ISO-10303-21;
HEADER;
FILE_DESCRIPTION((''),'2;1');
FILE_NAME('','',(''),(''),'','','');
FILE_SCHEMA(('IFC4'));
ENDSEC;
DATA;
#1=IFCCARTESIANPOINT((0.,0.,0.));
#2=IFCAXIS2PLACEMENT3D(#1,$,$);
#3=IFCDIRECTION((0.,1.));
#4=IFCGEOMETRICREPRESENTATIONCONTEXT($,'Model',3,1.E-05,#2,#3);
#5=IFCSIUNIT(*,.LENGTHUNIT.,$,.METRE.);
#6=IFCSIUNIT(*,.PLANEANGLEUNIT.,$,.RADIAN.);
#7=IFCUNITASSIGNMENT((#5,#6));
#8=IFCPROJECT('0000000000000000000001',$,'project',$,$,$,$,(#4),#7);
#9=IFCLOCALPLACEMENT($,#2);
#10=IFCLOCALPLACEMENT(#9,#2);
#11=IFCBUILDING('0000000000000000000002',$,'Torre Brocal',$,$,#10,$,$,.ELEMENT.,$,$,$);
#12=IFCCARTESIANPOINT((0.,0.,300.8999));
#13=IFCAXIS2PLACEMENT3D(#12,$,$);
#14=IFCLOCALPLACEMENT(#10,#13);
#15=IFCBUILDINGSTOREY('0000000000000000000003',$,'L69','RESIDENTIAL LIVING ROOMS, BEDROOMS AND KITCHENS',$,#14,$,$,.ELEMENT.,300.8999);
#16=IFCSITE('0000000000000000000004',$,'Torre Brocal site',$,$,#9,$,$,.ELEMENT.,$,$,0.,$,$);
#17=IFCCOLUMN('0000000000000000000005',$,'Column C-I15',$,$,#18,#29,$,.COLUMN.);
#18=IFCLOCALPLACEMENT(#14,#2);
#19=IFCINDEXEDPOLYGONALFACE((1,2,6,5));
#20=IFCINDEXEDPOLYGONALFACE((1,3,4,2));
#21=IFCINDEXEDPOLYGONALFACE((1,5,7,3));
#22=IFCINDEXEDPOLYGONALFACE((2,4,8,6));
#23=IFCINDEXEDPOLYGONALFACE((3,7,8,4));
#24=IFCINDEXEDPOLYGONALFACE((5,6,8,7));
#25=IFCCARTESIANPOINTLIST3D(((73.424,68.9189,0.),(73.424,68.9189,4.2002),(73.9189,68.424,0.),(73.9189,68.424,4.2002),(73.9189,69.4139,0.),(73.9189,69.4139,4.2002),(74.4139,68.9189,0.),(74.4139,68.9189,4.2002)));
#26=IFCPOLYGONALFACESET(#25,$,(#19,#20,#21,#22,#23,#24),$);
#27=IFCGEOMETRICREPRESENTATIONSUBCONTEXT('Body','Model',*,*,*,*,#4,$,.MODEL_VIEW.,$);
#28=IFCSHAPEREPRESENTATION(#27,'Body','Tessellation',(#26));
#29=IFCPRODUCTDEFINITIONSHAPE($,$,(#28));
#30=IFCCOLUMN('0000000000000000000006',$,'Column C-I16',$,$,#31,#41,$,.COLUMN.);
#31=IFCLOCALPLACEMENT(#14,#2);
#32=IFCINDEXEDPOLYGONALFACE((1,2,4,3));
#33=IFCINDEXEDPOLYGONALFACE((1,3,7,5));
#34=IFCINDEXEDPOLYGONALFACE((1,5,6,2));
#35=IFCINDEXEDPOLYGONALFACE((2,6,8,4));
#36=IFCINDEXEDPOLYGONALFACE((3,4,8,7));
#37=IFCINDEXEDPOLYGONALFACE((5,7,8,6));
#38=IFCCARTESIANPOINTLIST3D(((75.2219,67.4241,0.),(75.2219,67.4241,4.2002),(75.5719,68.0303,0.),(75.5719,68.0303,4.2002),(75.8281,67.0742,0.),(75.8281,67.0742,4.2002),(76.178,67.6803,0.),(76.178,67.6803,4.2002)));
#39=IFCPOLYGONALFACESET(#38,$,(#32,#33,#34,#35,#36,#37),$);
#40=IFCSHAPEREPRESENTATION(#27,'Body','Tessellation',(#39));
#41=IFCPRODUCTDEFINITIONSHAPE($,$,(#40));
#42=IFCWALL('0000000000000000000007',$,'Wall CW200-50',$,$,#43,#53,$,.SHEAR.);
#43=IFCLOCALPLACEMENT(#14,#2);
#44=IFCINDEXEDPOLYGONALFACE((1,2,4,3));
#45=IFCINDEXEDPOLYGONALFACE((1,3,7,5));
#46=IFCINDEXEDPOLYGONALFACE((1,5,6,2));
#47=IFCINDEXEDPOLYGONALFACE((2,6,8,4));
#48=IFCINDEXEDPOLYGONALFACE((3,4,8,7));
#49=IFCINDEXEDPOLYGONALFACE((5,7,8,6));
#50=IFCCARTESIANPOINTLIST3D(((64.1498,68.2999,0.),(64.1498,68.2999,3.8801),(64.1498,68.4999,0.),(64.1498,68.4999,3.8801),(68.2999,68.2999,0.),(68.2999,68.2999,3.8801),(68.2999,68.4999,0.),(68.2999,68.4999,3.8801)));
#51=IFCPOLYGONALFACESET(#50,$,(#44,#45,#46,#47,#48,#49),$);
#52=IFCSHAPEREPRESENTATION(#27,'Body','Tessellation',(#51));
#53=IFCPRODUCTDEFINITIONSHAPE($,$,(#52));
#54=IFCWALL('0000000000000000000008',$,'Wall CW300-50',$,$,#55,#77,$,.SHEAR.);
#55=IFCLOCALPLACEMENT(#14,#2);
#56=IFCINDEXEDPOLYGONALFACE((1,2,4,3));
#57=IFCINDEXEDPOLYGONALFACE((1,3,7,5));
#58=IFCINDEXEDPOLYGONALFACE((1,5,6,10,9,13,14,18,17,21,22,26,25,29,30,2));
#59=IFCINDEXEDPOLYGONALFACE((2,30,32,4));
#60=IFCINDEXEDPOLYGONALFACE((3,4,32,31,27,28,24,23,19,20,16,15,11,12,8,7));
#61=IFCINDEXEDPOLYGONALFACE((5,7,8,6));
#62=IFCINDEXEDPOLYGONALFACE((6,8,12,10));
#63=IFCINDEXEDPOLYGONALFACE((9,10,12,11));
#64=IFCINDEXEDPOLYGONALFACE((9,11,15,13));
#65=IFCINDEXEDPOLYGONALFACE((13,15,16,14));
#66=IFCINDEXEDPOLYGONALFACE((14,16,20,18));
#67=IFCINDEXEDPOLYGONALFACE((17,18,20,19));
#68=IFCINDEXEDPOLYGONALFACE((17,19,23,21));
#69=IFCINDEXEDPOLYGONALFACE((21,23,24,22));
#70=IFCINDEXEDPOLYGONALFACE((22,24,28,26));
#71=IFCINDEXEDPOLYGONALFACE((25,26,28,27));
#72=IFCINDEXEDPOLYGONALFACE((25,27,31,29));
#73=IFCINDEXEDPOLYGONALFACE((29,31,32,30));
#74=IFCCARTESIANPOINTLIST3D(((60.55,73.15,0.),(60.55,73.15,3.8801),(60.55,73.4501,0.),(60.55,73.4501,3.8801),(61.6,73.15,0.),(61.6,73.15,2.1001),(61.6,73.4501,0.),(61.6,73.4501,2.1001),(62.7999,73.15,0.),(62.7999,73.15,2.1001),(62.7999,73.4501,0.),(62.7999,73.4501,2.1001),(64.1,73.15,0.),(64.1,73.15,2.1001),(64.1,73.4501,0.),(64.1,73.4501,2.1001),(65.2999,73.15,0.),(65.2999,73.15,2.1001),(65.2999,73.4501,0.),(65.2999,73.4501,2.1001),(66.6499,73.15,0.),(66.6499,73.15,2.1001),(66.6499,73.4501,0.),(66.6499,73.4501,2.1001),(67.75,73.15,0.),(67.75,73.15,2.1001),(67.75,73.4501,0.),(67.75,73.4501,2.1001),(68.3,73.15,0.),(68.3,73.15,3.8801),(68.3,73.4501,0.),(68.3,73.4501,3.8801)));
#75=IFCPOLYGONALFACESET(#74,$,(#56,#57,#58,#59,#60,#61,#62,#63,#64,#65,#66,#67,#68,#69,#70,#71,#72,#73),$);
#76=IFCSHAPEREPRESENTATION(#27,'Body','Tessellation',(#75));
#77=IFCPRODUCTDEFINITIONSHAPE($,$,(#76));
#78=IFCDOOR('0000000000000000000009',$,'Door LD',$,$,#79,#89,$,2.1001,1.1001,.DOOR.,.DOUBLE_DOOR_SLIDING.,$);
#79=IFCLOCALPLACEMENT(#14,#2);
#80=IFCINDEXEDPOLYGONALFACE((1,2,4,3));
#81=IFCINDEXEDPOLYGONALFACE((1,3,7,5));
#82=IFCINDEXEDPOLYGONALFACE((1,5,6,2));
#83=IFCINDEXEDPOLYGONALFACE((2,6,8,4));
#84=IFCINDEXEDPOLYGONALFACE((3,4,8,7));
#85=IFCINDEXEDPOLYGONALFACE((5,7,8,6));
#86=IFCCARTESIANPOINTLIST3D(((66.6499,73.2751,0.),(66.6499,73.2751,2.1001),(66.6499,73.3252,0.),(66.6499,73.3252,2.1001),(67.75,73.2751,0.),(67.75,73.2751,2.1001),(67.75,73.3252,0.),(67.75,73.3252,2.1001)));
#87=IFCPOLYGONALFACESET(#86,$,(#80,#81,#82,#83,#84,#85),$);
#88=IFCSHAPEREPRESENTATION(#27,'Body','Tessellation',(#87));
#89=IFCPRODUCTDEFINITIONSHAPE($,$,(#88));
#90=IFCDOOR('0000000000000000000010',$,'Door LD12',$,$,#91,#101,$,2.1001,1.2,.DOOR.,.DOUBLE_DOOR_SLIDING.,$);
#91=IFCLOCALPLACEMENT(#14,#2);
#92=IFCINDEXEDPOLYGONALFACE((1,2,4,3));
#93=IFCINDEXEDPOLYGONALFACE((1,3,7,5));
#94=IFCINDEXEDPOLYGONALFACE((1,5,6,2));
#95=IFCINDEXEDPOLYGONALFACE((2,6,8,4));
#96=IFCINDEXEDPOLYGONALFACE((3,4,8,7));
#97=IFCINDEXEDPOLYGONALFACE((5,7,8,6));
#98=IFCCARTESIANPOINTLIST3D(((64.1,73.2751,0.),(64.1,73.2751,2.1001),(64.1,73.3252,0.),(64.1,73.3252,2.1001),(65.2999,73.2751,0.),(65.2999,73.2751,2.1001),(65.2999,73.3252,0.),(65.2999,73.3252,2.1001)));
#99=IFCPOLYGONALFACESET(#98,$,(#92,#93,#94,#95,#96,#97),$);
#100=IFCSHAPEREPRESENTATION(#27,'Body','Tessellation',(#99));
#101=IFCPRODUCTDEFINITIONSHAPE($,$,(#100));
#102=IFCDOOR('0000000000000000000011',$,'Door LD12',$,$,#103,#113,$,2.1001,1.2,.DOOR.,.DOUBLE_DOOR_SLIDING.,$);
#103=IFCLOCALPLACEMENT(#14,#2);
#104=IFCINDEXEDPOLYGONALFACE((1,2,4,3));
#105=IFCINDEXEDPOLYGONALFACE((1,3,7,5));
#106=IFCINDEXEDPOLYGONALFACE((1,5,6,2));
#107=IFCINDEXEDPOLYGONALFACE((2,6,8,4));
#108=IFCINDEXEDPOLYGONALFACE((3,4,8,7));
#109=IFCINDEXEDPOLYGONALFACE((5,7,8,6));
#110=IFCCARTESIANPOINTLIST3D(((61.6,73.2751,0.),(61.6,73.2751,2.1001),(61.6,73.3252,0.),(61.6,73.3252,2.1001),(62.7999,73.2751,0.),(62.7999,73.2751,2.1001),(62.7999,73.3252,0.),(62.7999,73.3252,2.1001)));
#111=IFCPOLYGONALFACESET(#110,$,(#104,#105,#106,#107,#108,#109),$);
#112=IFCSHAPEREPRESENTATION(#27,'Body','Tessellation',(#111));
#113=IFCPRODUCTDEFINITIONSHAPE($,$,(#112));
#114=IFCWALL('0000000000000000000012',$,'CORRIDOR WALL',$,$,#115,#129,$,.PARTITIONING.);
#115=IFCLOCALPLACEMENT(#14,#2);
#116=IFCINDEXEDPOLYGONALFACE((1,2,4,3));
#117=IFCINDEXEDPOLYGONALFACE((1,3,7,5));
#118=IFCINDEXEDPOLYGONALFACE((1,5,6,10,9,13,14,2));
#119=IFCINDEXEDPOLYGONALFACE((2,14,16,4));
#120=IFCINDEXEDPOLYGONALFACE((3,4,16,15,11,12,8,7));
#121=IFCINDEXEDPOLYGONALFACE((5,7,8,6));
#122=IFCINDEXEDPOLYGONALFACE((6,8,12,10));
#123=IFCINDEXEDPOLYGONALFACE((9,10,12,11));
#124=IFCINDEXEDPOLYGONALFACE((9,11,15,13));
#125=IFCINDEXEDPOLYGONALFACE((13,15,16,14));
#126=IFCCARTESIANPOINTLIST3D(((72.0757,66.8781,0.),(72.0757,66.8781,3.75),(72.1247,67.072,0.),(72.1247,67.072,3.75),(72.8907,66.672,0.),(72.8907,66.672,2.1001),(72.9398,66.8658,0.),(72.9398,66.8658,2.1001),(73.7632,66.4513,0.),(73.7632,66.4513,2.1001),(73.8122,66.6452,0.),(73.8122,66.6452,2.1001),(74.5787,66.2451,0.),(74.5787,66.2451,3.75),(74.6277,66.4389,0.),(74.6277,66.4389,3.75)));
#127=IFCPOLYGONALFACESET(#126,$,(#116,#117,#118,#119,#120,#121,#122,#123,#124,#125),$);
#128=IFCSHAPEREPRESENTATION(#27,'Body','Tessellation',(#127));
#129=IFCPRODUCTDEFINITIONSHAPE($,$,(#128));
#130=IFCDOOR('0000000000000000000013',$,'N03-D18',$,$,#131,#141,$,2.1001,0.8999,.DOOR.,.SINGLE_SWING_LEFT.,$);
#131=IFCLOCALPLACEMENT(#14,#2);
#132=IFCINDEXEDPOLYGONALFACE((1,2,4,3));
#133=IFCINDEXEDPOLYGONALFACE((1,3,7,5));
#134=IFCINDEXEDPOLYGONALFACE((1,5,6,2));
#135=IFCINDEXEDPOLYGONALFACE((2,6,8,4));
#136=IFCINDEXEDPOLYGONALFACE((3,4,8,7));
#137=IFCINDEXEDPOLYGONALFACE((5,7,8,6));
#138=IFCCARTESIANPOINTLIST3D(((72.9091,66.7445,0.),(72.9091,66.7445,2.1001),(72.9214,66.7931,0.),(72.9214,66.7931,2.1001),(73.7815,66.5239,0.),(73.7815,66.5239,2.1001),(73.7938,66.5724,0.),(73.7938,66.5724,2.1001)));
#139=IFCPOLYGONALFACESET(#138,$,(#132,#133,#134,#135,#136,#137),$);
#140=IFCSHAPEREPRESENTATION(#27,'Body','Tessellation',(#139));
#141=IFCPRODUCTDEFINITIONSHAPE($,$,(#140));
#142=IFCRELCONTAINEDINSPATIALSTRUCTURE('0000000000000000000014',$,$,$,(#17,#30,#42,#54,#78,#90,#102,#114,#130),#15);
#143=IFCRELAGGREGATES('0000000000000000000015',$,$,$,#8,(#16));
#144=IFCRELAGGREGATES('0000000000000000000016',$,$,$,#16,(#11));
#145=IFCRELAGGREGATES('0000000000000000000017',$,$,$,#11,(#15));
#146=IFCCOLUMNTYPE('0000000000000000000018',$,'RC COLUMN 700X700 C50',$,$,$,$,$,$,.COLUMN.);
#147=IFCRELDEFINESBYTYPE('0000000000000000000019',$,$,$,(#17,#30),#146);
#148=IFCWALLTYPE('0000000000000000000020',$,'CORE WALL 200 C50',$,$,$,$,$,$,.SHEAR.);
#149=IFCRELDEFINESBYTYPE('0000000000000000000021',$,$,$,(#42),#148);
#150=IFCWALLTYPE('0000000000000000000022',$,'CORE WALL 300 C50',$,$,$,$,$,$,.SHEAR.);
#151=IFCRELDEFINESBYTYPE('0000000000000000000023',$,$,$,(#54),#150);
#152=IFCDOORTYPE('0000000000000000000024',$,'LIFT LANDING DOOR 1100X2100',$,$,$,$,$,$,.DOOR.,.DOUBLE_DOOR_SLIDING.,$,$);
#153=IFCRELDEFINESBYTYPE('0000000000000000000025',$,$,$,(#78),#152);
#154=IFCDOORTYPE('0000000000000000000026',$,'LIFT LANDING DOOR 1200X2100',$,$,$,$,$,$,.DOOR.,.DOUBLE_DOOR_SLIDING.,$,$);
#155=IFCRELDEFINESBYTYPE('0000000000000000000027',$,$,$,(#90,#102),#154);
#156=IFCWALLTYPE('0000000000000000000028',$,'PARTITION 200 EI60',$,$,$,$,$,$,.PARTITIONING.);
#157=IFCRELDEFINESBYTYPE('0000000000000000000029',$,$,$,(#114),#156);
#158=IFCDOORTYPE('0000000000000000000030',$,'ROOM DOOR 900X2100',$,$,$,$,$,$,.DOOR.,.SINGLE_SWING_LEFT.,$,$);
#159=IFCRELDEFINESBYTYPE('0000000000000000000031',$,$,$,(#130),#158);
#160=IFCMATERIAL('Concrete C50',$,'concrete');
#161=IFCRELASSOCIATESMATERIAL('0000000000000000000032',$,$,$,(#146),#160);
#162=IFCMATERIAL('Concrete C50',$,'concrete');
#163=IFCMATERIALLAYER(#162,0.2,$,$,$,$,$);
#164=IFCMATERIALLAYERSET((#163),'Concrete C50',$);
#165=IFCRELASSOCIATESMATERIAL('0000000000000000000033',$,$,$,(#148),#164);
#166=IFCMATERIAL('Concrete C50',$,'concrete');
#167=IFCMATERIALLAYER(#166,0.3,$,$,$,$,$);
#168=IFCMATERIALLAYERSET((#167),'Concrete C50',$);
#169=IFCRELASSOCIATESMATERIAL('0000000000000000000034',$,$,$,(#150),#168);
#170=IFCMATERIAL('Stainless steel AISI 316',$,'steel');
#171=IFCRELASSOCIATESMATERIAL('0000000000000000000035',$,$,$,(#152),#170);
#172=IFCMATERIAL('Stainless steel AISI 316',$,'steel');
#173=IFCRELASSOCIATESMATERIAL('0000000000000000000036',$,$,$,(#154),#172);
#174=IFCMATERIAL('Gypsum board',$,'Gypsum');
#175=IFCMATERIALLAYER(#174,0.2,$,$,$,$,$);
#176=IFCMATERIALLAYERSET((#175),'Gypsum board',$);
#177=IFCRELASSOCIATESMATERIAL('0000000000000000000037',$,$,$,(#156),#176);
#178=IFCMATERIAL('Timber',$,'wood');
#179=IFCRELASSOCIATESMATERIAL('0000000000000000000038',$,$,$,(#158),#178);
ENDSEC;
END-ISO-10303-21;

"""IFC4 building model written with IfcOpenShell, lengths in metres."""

from ifc_helpers import new_model, si_unit, direction, frame, frame_2d, origin, origin_2d, place, context, subcontext, project, spatial, rectangle, extrude, material, layer, layer_set, material_profile, profile_set, type_object, element, fill, save


model = new_model("IFC4")

# Units and contexts
model_context = context("Model", 3, precision=1e-05, world=origin(), true_north=direction((0.0, 1.0)))
body_context = subcontext(model_context, "Body", "Model", "MODEL_VIEW")
ifc_project = project(units=[si_unit("LENGTHUNIT", "METRE"), si_unit("PLANEANGLEUNIT", "RADIAN")], contexts=[model_context])

# Site, building, storey
site_placement = place(None, origin())
site = spatial("IfcSite", under=ifc_project, at=site_placement, Name="Torre Brocal site", CompositionType="ELEMENT", RefElevation=0.0)
building_placement = place(site_placement, origin())
building = spatial("IfcBuilding", under=site, at=building_placement, Name="Torre Brocal", CompositionType="ELEMENT")
storey_placement = place(building_placement, frame((0.0, 0.0, 300.8999)))
storey = spatial("IfcBuildingStorey", under=building, at=storey_placement, Name="L69", Description="RESIDENTIAL LIVING ROOMS, BEDROOMS AND KITCHENS", CompositionType="ELEMENT", Elevation=300.8999)

# Columns
ifc_material_1 = material(Name="Concrete C50", Category="concrete")
ifc_material_profile = material_profile(ifc_material_1, rectangle(XDim=0.7, YDim=0.7, at=origin_2d()), Name="RC 700X700")
ifc_profile_set = profile_set([ifc_material_profile], Name="Concrete C50")
column_type = type_object("IfcColumnType", Name="RC COLUMN 700X700 C50", PredefinedType="COLUMN", material=ifc_profile_set)
for number, where, z_axis, x_axis, name in (
    (1, (73.9189, 68.9189, 0.0), (0.0, 0.0, 1.0), (-0.707107, -0.707107, 0.0), "Column C-I15"),
    (2, (75.7, 67.5522, 0.0), (0.0, 0.0, 1.0), (-0.5, -0.866025, 0.0), "Column C-I16"),
):
    element("IfcColumn", number, at=place(storey_placement, frame(where, z_axis=z_axis, x_axis=x_axis)), inside=storey, type_object=column_type, Name=name, PredefinedType="COLUMN", context=body_context, shape_type="SweptSolid", body=[
        extrude(rectangle(XDim=0.7, YDim=0.7, at=origin_2d()), origin(), (0.0, 0.0, 1.0), 4.2002),
    ])

# Wall
ifc_material_2 = material(Name="Concrete C50", Category="concrete")
ifc_layer_1 = layer(ifc_material_2, 0.2)
ifc_layer_set_1 = layer_set([ifc_layer_1], Name="Concrete C50")
wall_type_1 = type_object("IfcWallType", Name="CORE WALL 200 C50", PredefinedType="SHEAR", material=ifc_layer_set_1)
wall_1_placement = place(storey_placement, frame((68.3, 68.3999, 0.0), z_axis=(0.0, 0.0, 1.0), x_axis=(-1.0, 0.0, 0.0)))
element("IfcWall", 3, at=wall_1_placement, inside=storey, type_object=wall_type_1, Name="Wall CW200-50", PredefinedType="SHEAR", context=body_context, shape_type="SweptSolid", body=[
    extrude(rectangle(XDim=4.1501, YDim=0.2, at=frame_2d((2.0752, 0.0))), origin(), (0.0, 0.0, 1.0), 3.8801),
])

# Wall, openings, doors
ifc_material_3 = material(Name="Concrete C50", Category="concrete")
ifc_layer_2 = layer(ifc_material_3, 0.3)
ifc_layer_set_2 = layer_set([ifc_layer_2], Name="Concrete C50")
wall_type_2 = type_object("IfcWallType", Name="CORE WALL 300 C50", PredefinedType="SHEAR", material=ifc_layer_set_2)
wall_2_placement = place(storey_placement, frame((68.3, 73.3, 0.0), z_axis=(0.0, 0.0, 1.0), x_axis=(-1.0, 0.0, 0.0)))
wall_2 = element("IfcWall", 4, at=wall_2_placement, inside=storey, type_object=wall_type_2, Name="Wall CW300-50", PredefinedType="SHEAR", context=body_context, shape_type="SweptSolid", body=[
    extrude(rectangle(XDim=7.75, YDim=0.3, at=frame_2d((3.875, 0.0))), origin(), (0.0, 0.0, 1.0), 3.8801),
])
opening_1_placement = place(wall_2_placement, frame((0.55, 0.0, 0.0)))
opening_1 = element("IfcOpeningElement", 5, at=opening_1_placement, cuts=wall_2, PredefinedType="OPENING", context=body_context, shape_type="SweptSolid", body=[
    extrude(rectangle(XDim=1.1001, YDim=2.1001, at=frame_2d((0.55, 1.05))), frame((0.0, 0.1599, 0.0), z_axis=(0.0, -1.0, 0.0), x_axis=(1.0, 0.0, 0.0)), (0.0, 0.0, 1.0), 0.3201),
])
opening_2_placement = place(wall_2_placement, frame((3.0, 0.0, 0.0)))
opening_2 = element("IfcOpeningElement", 6, at=opening_2_placement, cuts=wall_2, PredefinedType="OPENING", context=body_context, shape_type="SweptSolid", body=[
    extrude(rectangle(XDim=1.2, YDim=2.1001, at=frame_2d((0.6001, 1.05))), frame((0.0, 0.1599, 0.0), z_axis=(0.0, -1.0, 0.0), x_axis=(1.0, 0.0, 0.0)), (0.0, 0.0, 1.0), 0.3201),
])
opening_3_placement = place(wall_2_placement, frame((5.5, 0.0, 0.0)))
opening_3 = element("IfcOpeningElement", 7, at=opening_3_placement, cuts=wall_2, PredefinedType="OPENING", context=body_context, shape_type="SweptSolid", body=[
    extrude(rectangle(XDim=1.2, YDim=2.1001, at=frame_2d((0.6001, 1.05))), frame((0.0, 0.1599, 0.0), z_axis=(0.0, -1.0, 0.0), x_axis=(1.0, 0.0, 0.0)), (0.0, 0.0, 1.0), 0.3201),
])
ifc_material_4 = material(Name="Stainless steel AISI 316", Category="steel")
door_type_1 = type_object("IfcDoorType", Name="LIFT LANDING DOOR 1100X2100", OperationType="DOUBLE_DOOR_SLIDING", PredefinedType="DOOR", material=ifc_material_4)
door_1_placement = place(opening_1_placement, origin())
door_1 = element("IfcDoor", 8, at=door_1_placement, inside=storey, type_object=door_type_1, Name="Door LD", OperationType="DOUBLE_DOOR_SLIDING", OverallHeight=2.1001, OverallWidth=1.1001, PredefinedType="DOOR", context=body_context, shape_type="SweptSolid", body=[
    extrude(rectangle(XDim=1.1001, YDim=2.1001, at=frame_2d((0.55, 1.05))), frame((0.0, 0.0249, 0.0), z_axis=(0.0, -1.0, 0.0), x_axis=(1.0, 0.0, 0.0)), (0.0, 0.0, 1.0), 0.05),
])
fill(opening_1, door_1)
ifc_material_5 = material(Name="Stainless steel AISI 316", Category="steel")
door_type_2 = type_object("IfcDoorType", Name="LIFT LANDING DOOR 1200X2100", OperationType="DOUBLE_DOOR_SLIDING", PredefinedType="DOOR", material=ifc_material_5)
door_2_placement = place(opening_2_placement, origin())
door_2 = element("IfcDoor", 9, at=door_2_placement, inside=storey, type_object=door_type_2, Name="Door LD12", OperationType="DOUBLE_DOOR_SLIDING", OverallHeight=2.1001, OverallWidth=1.2, PredefinedType="DOOR", context=body_context, shape_type="SweptSolid", body=[
    extrude(rectangle(XDim=1.2, YDim=2.1001, at=frame_2d((0.6001, 1.05))), frame((0.0, 0.0249, 0.0), z_axis=(0.0, -1.0, 0.0), x_axis=(1.0, 0.0, 0.0)), (0.0, 0.0, 1.0), 0.05),
])
fill(opening_2, door_2)
door_3_placement = place(opening_3_placement, origin())
door_3 = element("IfcDoor", 10, at=door_3_placement, inside=storey, type_object=door_type_2, Name="Door LD12", OperationType="DOUBLE_DOOR_SLIDING", OverallHeight=2.1001, OverallWidth=1.2, PredefinedType="DOOR", context=body_context, shape_type="SweptSolid", body=[
    extrude(rectangle(XDim=1.2, YDim=2.1001, at=frame_2d((0.6001, 1.05))), frame((0.0, 0.0249, 0.0), z_axis=(0.0, -1.0, 0.0), x_axis=(1.0, 0.0, 0.0)), (0.0, 0.0, 1.0), 0.05),
])
fill(opening_3, door_3)

# Wall, opening, door
ifc_material_6 = material(Name="Gypsum board", Category="Gypsum")
ifc_layer_3 = layer(ifc_material_6, 0.2)
ifc_layer_set_3 = layer_set([ifc_layer_3], Name="Gypsum board")
wall_type_3 = type_object("IfcWallType", Name="PARTITION 200 EI60", PredefinedType="PARTITIONING", material=ifc_layer_set_3)
wall_3_placement = place(storey_placement, frame((72.1001, 66.9751, 0.0), z_axis=(0.0, 0.0, 1.0), x_axis=(0.969471, -0.245205, 0.0)))
wall_3 = element("IfcWall", 11, at=wall_3_placement, inside=storey, type_object=wall_type_3, Name="CORRIDOR WALL", PredefinedType="PARTITIONING", context=body_context, shape_type="SweptSolid", body=[
    extrude(rectangle(XDim=2.5818, YDim=0.2, at=frame_2d((1.291, 0.0))), origin(), (0.0, 0.0, 1.0), 3.75),
])
opening_4_placement = place(wall_3_placement, frame((0.8408, 0.0, 0.0)))
opening_4 = element("IfcOpeningElement", 12, at=opening_4_placement, cuts=wall_3, PredefinedType="OPENING", context=body_context, shape_type="SweptSolid", body=[
    extrude(rectangle(XDim=0.8999, YDim=2.1001, at=frame_2d((0.45, 1.05))), frame((0.0, 0.1099, 0.0), z_axis=(0.0, -1.0, 0.0), x_axis=(1.0, 0.0, 0.0)), (0.0, 0.0, 1.0), 0.22),
])
ifc_material_7 = material(Name="Timber", Category="wood")
door_type_3 = type_object("IfcDoorType", Name="ROOM DOOR 900X2100", OperationType="SINGLE_SWING_LEFT", PredefinedType="DOOR", material=ifc_material_7)
door_4_placement = place(opening_4_placement, origin())
door_4 = element("IfcDoor", 13, at=door_4_placement, inside=storey, type_object=door_type_3, Name="N03-D18", OperationType="SINGLE_SWING_LEFT", OverallHeight=2.1001, OverallWidth=0.8999, PredefinedType="DOOR", context=body_context, shape_type="SweptSolid", body=[
    extrude(rectangle(XDim=0.8999, YDim=2.1001, at=frame_2d((0.45, 1.05))), frame((0.0, 0.0249, 0.0), z_axis=(0.0, -1.0, 0.0), x_axis=(1.0, 0.0, 0.0)), (0.0, 0.0, 1.0), 0.05),
])
fill(opening_4, door_4)

save(model, "model.ifc")
